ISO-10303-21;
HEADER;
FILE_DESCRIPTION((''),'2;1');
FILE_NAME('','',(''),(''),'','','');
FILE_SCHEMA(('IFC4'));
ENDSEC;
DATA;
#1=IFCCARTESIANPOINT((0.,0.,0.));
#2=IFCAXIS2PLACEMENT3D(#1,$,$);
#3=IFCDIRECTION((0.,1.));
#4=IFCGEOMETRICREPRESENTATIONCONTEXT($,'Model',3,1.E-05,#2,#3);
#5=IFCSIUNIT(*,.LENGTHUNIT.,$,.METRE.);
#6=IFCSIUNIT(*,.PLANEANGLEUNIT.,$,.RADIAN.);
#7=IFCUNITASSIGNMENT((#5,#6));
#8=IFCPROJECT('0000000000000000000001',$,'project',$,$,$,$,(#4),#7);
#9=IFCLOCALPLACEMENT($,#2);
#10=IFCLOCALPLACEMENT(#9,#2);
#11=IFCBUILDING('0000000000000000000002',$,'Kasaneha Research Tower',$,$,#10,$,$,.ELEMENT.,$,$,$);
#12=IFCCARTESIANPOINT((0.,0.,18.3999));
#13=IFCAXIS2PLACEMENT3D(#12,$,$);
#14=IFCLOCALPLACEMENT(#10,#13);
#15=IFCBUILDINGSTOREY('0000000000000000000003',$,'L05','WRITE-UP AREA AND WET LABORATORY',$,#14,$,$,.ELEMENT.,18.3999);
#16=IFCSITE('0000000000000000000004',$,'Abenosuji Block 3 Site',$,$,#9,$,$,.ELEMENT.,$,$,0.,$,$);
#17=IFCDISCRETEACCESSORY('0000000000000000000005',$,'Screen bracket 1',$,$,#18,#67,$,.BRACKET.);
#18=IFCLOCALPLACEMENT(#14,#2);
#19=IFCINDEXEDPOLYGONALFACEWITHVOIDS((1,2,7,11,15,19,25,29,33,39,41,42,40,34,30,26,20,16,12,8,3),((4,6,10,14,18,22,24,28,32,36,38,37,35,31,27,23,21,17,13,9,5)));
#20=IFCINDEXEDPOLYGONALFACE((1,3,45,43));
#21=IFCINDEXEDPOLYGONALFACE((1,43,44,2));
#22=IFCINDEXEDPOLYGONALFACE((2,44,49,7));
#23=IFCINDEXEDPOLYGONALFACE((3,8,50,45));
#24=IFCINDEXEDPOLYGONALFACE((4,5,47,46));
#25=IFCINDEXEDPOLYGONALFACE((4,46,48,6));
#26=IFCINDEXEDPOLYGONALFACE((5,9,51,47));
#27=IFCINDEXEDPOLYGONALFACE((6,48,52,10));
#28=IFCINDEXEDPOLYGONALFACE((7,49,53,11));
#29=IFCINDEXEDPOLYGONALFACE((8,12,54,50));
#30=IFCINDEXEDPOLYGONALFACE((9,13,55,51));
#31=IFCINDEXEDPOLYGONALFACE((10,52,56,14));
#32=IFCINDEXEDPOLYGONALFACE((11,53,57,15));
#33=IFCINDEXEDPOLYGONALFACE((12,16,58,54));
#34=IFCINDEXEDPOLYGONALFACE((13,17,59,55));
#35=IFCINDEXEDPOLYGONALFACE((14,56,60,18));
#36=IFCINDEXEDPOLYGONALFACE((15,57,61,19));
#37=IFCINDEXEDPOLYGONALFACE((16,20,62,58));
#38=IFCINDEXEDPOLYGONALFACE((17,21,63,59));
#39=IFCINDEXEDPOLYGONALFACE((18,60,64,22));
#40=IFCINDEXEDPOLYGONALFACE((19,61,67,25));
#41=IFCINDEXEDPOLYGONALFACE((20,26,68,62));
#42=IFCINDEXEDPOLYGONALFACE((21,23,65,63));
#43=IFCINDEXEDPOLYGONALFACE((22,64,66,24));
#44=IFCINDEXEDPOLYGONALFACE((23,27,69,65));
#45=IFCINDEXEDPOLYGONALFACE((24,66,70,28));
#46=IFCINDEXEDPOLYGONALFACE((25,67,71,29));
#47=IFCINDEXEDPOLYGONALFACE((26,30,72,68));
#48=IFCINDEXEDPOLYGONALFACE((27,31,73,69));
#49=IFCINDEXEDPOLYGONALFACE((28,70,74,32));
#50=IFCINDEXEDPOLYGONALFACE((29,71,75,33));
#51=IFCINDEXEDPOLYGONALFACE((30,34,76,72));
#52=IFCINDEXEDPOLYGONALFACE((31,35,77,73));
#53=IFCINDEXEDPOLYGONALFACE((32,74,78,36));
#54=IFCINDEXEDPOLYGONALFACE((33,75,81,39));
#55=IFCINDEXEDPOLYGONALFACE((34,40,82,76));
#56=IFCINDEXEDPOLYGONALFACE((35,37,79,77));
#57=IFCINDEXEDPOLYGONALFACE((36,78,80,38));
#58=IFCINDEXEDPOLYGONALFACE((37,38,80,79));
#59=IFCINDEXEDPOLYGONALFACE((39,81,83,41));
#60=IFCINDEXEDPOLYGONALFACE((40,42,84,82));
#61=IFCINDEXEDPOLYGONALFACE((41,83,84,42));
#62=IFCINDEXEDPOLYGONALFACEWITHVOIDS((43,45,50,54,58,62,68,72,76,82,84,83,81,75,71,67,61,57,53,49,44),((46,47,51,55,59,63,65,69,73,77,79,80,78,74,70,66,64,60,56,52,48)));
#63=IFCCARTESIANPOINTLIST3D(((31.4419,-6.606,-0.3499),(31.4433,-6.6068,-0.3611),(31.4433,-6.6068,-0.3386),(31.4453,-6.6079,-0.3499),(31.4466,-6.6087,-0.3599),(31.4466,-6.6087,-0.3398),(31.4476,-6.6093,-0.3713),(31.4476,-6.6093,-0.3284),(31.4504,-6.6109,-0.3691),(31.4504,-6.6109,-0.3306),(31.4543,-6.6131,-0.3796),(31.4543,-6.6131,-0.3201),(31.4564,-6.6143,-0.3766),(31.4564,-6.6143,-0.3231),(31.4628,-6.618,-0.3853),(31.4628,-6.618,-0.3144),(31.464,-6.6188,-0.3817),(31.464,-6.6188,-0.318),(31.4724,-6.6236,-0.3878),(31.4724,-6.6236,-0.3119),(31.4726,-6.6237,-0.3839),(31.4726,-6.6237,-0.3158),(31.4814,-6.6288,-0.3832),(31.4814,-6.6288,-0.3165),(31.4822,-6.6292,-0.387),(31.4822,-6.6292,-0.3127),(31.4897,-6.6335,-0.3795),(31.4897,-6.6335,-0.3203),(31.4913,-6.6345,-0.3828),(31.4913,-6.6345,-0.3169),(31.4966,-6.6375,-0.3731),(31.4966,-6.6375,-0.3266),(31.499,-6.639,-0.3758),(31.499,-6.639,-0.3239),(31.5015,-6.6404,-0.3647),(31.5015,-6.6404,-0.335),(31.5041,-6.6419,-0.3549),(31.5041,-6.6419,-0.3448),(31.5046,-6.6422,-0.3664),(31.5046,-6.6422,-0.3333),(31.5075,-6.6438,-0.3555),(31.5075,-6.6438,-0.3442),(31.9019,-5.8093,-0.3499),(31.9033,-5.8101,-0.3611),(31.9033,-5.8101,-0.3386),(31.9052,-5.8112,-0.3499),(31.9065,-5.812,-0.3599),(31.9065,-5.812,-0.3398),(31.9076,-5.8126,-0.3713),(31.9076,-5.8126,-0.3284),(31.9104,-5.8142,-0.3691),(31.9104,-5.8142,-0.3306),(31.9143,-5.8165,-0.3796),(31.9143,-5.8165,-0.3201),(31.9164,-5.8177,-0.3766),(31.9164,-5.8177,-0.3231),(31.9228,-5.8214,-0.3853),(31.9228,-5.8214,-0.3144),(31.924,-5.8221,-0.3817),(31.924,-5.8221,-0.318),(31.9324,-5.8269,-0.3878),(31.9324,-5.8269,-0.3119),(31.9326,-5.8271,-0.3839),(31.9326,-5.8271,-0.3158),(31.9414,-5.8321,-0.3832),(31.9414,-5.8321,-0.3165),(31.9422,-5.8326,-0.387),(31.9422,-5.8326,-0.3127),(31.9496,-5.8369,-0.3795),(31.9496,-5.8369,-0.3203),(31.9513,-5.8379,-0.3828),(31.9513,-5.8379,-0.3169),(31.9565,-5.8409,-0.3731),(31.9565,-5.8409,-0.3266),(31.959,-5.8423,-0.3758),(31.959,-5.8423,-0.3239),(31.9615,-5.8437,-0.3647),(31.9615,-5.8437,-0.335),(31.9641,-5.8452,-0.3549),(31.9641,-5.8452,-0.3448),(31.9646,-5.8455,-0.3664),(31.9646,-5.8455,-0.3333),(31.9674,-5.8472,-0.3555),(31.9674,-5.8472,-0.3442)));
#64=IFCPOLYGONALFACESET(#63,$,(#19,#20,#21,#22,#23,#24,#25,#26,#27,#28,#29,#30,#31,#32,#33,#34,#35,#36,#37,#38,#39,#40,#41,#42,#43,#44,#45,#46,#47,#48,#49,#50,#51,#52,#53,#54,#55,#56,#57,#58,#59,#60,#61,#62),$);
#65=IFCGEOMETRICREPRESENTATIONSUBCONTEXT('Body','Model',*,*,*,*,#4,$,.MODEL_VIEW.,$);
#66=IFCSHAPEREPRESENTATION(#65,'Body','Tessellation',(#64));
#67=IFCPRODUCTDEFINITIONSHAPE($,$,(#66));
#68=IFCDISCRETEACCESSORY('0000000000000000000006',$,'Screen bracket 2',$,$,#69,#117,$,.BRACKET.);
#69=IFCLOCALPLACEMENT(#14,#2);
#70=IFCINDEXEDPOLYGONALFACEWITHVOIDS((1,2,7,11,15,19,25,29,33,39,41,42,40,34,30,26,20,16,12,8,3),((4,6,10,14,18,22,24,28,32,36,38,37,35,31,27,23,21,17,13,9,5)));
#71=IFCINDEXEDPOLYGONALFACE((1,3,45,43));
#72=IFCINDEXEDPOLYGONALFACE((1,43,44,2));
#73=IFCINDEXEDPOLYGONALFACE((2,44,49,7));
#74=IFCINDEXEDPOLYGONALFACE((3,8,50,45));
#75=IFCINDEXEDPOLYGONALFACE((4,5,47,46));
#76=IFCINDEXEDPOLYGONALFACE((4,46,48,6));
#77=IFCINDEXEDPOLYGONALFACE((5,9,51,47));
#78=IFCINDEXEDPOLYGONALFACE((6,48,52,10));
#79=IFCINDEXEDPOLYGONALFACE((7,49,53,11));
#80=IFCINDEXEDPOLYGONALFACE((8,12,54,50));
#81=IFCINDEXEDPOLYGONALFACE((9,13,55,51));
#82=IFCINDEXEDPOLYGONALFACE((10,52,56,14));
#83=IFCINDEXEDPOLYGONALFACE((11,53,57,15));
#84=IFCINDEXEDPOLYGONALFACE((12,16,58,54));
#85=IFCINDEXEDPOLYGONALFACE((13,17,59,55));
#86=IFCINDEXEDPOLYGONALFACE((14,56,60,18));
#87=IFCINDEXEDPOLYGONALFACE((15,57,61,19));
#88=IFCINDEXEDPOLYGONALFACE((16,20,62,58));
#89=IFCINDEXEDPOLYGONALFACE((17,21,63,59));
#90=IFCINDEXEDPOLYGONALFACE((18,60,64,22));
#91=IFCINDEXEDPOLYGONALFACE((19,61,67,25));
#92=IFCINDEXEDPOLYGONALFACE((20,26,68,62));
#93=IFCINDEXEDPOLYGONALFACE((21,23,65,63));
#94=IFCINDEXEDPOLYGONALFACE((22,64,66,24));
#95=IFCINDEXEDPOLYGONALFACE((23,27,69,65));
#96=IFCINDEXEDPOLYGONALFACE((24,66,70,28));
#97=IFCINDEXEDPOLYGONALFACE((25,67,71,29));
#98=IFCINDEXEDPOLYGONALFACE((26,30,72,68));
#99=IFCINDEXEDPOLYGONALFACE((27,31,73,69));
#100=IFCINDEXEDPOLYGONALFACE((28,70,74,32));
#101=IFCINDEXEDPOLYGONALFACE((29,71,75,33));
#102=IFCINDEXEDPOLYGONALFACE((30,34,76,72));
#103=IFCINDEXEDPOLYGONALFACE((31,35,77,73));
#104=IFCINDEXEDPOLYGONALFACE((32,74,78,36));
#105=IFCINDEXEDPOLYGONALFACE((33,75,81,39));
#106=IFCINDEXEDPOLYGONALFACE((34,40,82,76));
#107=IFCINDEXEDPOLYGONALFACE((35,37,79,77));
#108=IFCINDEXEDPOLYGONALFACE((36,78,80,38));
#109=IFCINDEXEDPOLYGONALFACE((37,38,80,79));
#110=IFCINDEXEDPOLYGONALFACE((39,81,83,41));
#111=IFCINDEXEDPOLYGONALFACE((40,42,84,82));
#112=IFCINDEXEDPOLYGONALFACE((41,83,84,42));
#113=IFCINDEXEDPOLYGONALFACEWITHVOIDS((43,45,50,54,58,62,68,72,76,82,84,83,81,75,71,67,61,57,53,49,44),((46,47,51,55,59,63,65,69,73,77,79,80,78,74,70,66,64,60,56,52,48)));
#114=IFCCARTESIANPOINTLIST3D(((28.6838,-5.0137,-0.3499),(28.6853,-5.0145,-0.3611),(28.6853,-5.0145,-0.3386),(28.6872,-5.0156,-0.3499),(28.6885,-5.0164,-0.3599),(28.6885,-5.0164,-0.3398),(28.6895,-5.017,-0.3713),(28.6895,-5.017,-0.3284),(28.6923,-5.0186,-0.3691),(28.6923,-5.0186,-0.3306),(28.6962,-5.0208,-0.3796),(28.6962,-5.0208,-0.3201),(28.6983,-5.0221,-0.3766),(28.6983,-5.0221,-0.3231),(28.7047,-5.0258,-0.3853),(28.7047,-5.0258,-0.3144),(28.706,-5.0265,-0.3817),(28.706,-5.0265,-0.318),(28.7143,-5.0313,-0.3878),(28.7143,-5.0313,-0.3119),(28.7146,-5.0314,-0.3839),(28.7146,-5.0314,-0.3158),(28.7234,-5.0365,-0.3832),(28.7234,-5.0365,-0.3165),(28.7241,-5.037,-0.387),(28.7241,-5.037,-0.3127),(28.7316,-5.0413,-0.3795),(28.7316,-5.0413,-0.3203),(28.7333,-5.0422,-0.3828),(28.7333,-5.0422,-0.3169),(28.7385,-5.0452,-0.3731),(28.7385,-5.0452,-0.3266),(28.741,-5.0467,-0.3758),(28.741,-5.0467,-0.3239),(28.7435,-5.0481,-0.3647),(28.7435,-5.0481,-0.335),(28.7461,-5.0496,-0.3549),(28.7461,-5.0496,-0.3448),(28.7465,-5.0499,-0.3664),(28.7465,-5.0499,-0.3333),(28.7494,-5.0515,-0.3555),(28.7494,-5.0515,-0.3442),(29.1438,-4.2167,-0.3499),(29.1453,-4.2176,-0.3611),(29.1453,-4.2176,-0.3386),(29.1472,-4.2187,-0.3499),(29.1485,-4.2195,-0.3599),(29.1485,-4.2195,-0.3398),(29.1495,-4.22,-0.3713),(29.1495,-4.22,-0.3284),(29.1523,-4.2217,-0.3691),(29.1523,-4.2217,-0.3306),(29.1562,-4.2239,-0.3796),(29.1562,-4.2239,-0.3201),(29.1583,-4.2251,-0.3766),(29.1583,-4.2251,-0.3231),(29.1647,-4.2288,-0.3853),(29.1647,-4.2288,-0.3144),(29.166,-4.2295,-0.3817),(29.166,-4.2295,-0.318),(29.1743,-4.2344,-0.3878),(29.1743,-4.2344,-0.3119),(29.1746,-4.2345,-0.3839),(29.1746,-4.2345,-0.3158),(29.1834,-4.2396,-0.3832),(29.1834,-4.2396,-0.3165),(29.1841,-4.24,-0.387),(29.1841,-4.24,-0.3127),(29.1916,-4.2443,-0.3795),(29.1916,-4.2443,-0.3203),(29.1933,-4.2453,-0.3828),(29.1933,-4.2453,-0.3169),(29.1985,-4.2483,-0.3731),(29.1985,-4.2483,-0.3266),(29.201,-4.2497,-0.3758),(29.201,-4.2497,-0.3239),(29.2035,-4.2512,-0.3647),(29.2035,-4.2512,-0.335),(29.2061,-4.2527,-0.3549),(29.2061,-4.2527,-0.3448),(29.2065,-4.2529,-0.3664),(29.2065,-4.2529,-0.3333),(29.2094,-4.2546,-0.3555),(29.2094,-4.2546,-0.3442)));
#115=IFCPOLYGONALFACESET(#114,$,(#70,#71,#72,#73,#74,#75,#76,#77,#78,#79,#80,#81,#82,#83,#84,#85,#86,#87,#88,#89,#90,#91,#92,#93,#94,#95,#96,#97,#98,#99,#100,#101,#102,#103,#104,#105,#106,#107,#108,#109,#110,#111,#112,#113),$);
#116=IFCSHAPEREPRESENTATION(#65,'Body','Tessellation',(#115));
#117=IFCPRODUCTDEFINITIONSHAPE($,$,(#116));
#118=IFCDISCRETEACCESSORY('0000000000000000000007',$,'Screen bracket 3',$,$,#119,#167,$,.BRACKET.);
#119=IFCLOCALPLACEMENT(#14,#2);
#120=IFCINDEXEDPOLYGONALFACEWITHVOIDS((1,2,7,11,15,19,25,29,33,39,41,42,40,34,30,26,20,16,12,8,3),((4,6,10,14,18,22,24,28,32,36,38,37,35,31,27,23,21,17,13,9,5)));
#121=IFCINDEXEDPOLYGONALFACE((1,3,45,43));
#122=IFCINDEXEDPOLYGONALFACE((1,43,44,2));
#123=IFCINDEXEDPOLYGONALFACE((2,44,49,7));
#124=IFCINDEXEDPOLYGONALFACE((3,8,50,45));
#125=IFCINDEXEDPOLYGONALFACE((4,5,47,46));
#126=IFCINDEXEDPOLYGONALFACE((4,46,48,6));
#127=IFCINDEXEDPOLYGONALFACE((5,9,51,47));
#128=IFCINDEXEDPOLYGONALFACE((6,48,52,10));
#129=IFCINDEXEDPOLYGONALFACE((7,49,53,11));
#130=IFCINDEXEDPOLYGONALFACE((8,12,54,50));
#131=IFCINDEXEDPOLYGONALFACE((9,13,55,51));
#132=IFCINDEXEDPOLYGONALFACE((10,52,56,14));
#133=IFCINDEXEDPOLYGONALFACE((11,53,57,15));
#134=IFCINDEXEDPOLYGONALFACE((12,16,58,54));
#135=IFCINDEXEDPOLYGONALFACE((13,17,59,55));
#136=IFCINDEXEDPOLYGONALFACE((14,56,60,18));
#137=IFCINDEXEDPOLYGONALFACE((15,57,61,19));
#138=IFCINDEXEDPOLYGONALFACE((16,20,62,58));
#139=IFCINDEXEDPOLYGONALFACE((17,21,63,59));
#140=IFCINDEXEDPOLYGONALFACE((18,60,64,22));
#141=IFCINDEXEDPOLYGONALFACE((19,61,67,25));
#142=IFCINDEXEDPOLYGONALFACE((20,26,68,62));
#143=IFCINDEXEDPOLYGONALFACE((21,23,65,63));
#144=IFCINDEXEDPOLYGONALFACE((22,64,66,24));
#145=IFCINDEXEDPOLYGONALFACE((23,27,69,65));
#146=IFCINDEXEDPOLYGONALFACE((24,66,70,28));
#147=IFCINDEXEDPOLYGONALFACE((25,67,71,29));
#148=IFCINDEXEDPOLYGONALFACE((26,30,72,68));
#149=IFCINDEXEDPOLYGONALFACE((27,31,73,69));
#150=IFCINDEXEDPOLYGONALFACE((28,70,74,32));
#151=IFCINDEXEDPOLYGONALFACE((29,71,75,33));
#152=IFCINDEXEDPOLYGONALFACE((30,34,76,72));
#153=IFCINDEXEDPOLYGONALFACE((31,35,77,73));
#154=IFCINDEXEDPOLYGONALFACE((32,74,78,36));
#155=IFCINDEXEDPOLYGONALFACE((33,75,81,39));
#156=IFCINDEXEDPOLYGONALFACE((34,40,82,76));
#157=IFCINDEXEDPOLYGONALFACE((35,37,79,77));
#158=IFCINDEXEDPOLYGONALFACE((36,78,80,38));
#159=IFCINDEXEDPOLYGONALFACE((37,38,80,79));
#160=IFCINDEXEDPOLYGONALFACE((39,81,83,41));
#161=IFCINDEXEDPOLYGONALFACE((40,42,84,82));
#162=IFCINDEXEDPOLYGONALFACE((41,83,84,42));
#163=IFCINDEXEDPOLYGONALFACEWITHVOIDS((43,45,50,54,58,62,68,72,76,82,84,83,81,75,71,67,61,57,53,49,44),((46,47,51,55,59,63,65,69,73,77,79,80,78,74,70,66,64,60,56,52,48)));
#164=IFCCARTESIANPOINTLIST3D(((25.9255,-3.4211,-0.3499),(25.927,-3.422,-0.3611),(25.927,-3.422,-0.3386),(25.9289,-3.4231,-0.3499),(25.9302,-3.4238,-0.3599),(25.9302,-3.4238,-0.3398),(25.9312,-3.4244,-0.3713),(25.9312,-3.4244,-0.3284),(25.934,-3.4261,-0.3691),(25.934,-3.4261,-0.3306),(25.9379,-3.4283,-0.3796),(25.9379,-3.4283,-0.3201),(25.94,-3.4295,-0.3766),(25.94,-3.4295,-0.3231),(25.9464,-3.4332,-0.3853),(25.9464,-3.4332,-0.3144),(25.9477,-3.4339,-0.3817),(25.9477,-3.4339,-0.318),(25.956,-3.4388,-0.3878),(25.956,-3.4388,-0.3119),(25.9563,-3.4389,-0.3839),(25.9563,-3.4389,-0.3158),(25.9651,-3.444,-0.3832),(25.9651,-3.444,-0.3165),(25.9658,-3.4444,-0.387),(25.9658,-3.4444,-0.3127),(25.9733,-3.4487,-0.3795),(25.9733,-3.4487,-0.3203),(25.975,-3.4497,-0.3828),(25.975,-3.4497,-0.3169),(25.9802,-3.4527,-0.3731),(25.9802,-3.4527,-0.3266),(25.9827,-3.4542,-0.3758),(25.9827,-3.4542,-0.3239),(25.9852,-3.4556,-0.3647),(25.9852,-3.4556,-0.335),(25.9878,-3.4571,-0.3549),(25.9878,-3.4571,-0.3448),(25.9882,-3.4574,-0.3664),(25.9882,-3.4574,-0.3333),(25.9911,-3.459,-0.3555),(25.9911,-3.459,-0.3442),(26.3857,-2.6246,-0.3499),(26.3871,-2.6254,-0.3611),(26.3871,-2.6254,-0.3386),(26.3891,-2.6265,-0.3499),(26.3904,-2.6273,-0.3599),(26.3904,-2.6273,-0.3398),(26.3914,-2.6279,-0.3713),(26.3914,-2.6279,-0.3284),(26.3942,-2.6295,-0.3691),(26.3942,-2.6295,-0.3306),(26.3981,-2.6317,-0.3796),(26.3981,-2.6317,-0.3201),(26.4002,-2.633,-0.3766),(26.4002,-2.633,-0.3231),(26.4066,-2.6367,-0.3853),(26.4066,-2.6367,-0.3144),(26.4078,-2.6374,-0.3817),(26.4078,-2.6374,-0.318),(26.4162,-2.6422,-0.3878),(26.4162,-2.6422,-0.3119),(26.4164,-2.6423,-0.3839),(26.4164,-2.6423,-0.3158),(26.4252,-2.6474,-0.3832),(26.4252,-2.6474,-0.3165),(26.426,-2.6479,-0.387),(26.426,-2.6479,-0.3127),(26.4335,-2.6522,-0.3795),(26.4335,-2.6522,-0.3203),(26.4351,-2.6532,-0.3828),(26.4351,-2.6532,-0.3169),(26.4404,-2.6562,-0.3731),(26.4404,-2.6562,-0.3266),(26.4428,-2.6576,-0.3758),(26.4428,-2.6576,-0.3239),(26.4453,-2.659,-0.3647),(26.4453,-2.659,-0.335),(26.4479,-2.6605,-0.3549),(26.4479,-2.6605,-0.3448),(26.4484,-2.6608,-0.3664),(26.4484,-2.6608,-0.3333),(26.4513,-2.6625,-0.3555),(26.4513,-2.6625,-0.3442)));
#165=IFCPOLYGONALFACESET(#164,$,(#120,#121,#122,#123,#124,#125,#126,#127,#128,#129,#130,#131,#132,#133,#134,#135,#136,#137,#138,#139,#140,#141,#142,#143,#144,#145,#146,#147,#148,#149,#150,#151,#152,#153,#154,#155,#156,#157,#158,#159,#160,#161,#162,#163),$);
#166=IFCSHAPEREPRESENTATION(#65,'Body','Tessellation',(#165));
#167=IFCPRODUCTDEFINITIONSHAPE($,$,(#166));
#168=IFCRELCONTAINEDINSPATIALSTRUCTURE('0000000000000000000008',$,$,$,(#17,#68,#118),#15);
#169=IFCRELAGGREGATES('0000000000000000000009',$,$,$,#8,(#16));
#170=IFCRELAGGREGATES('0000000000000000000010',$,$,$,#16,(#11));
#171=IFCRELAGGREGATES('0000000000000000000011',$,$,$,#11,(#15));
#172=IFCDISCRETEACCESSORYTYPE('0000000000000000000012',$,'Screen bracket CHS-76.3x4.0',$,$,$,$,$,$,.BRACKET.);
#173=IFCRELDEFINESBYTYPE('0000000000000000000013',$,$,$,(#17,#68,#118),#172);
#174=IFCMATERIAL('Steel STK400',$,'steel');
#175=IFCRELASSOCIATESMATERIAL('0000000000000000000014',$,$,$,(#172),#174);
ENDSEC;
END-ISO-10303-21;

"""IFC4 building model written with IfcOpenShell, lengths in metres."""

from ifc_helpers import new_model, si_unit, direction, frame, origin, origin_2d, place, context, subcontext, project, spatial, hollow_circle, extrude, material, material_profile, profile_set, type_object, element, save


model = new_model("IFC4")

# Units and contexts
model_context = context("Model", 3, precision=1e-05, world=origin(), true_north=direction((0.0, 1.0)))
body_context = subcontext(model_context, "Body", "Model", "MODEL_VIEW")
ifc_project = project(units=[si_unit("LENGTHUNIT", "METRE"), si_unit("PLANEANGLEUNIT", "RADIAN")], contexts=[model_context])

# Site, building, storey
site_placement = place(None, origin())
site = spatial("IfcSite", under=ifc_project, at=site_placement, Name="Abenosuji Block 3 Site", CompositionType="ELEMENT", RefElevation=0.0)
building_placement = place(site_placement, origin())
building = spatial("IfcBuilding", under=site, at=building_placement, Name="Kasaneha Research Tower", CompositionType="ELEMENT")
storey_placement = place(building_placement, frame((0.0, 0.0, 18.3999)))
storey = spatial("IfcBuildingStorey", under=building, at=storey_placement, Name="L05", Description="WRITE-UP AREA AND WET LABORATORY", CompositionType="ELEMENT", Elevation=18.3999)

# Discrete accessories
ifc_material_1 = material(Name="Steel STK400", Category="steel")
ifc_material_profile_1 = material_profile(ifc_material_1, hollow_circle(Radius=0.0381, WallThickness=0.0039, at=origin_2d()), Name="CHS-76.3x4.0")
ifc_profile_set_1 = profile_set([ifc_material_profile_1], Name="Steel STK400")
discrete_accessory_type = type_object("IfcDiscreteAccessoryType", Name="Screen bracket CHS-76.3x4.0", PredefinedType="BRACKET", material=ifc_profile_set_1)
discrete_accessory_1_placement = place(storey_placement, frame((31.4749, -6.625, -0.3499), z_axis=(0.500021, 0.866013, 0.0), x_axis=(-0.866013, 0.500021, 0.0)))
element("IfcDiscreteAccessory", 1, at=discrete_accessory_1_placement, inside=storey, type_object=discrete_accessory_type, Name="Screen bracket 1", PredefinedType="BRACKET", context=body_context, shape_type="SweptSolid", body=[
    extrude(hollow_circle(Radius=0.0381, WallThickness=0.0039, at=origin_2d()), origin(), (0.0, 0.0, 1.0), 0.9199),
])
discrete_accessory_2_placement = place(storey_placement, frame((28.7168, -5.0327, -0.3499), z_axis=(0.499906, 0.86608, 0.0), x_axis=(-0.86608, 0.499906, 0.0)))
element("IfcDiscreteAccessory", 2, at=discrete_accessory_2_placement, inside=storey, type_object=discrete_accessory_type, Name="Screen bracket 2", PredefinedType="BRACKET", context=body_context, shape_type="SweptSolid", body=[
    extrude(hollow_circle(Radius=0.0381, WallThickness=0.0039, at=origin_2d()), origin(), (0.0, 0.0, 1.0), 0.9202),
])
discrete_accessory_3_placement = place(storey_placement, frame((25.9585, -3.4402, -0.3499), z_axis=(0.50022, 0.865898, 0.0), x_axis=(-0.865898, 0.50022, 0.0)))
element("IfcDiscreteAccessory", 3, at=discrete_accessory_3_placement, inside=storey, type_object=discrete_accessory_type, Name="Screen bracket 3", PredefinedType="BRACKET", context=body_context, shape_type="SweptSolid", body=[
    extrude(hollow_circle(Radius=0.0381, WallThickness=0.0039, at=origin_2d()), origin(), (0.0, 0.0, 1.0), 0.9199),
])

save(model, "model.ifc")
